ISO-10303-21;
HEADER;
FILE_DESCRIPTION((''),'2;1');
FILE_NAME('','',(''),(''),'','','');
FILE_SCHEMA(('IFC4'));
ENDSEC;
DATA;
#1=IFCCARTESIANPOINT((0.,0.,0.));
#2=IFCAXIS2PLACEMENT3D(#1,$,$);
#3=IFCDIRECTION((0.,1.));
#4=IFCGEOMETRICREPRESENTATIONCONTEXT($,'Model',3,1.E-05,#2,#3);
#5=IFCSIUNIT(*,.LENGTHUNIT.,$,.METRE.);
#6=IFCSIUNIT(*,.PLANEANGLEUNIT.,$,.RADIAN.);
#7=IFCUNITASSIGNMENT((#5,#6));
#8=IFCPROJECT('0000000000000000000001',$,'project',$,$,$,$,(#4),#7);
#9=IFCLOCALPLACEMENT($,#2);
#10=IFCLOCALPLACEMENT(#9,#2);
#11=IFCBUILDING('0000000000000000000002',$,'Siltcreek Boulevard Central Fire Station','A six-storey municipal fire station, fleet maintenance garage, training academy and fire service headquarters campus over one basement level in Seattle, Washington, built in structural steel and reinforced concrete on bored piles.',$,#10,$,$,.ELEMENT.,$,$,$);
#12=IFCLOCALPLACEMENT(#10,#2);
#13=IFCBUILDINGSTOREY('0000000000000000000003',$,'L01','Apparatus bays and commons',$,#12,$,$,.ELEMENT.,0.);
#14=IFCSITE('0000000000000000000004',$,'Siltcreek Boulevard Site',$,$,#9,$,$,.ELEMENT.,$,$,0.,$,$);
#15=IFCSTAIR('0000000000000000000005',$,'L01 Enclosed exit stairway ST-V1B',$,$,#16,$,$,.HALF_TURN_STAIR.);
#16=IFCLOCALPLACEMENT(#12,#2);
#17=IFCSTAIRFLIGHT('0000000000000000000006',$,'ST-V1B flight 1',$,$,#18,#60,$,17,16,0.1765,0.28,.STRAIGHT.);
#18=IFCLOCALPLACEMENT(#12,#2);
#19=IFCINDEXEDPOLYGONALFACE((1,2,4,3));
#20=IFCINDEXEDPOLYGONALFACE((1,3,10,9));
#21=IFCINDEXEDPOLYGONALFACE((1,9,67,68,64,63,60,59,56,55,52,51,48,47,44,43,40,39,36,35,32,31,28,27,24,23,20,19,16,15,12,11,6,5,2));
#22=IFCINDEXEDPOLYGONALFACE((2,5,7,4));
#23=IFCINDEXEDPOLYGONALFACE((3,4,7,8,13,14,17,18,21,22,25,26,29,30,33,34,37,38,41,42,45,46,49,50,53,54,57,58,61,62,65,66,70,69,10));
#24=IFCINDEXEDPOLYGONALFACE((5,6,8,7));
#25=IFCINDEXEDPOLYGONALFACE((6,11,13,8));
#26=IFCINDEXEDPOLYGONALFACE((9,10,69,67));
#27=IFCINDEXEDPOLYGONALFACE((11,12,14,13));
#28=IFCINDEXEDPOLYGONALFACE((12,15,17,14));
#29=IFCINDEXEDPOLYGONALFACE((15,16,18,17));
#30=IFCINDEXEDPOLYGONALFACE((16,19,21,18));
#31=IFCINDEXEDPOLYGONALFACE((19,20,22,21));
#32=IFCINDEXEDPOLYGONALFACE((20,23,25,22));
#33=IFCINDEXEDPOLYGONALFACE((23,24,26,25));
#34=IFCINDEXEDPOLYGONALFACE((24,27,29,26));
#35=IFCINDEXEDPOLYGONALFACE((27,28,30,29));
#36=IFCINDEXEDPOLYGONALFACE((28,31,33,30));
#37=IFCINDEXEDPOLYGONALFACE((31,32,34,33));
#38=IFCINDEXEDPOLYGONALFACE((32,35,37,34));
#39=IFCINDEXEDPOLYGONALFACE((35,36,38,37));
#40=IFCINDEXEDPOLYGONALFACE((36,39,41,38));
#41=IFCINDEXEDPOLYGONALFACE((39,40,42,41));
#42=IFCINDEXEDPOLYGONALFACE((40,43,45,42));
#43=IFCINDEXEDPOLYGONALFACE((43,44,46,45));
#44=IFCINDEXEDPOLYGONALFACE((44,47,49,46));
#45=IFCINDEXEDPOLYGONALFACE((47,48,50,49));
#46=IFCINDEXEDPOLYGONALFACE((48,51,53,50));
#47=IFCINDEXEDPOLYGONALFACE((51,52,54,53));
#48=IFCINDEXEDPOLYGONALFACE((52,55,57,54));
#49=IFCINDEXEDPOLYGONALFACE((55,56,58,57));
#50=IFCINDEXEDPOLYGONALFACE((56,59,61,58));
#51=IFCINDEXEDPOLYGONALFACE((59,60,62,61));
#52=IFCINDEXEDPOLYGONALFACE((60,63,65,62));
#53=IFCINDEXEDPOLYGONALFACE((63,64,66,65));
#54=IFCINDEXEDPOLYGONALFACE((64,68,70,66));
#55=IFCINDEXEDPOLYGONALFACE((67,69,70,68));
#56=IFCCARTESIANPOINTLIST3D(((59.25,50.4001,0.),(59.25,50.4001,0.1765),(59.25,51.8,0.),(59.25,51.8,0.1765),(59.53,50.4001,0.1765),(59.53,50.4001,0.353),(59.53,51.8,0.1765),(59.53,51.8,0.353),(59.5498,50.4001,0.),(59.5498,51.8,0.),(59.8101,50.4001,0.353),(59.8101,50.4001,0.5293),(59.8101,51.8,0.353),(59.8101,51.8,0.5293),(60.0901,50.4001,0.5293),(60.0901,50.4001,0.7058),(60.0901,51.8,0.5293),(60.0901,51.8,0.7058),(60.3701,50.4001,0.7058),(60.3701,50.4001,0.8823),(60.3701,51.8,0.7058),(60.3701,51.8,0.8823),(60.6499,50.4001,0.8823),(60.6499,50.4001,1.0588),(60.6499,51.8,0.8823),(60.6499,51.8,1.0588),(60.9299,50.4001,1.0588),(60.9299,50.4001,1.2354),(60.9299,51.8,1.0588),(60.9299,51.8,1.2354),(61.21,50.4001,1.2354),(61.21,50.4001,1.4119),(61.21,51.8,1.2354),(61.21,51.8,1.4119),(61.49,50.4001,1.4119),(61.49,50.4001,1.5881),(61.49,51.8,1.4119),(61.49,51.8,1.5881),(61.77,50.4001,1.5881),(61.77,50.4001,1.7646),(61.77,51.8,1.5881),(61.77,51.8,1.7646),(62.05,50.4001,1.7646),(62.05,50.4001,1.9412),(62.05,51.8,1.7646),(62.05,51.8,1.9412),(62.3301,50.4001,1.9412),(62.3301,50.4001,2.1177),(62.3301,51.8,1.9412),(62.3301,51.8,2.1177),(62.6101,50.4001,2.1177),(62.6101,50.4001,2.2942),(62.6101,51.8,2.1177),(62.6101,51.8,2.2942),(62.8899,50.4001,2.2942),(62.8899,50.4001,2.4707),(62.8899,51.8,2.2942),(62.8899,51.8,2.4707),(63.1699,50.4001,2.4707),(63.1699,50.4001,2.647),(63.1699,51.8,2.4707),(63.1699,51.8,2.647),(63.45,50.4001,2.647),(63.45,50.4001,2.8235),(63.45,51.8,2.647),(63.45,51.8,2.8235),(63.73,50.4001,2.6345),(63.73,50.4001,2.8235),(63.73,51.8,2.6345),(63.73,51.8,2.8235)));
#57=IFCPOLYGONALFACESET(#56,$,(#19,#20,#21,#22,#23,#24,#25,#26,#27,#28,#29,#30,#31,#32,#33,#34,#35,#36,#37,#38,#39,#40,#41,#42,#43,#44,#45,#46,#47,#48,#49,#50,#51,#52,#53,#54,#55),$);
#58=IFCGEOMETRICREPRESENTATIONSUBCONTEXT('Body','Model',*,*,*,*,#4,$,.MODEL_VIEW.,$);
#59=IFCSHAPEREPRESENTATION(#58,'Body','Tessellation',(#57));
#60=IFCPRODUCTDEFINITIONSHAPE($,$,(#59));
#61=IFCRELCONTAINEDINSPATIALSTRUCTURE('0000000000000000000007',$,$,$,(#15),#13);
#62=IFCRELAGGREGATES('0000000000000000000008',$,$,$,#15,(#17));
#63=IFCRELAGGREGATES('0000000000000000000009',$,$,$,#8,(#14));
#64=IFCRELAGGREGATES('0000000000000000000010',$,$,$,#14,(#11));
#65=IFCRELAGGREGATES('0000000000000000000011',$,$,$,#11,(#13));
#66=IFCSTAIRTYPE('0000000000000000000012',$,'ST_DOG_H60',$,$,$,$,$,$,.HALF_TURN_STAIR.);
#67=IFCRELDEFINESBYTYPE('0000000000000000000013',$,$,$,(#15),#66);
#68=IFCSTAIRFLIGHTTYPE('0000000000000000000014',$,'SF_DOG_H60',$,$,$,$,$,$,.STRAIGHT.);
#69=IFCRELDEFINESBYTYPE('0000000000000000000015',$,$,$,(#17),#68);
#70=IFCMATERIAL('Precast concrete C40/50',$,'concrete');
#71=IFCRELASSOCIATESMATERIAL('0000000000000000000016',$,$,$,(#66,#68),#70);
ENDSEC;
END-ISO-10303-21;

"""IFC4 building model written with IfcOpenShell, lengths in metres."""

from ifc_helpers import new_model, si_unit, direction, frame, origin, place, context, subcontext, project, spatial, polyline, outline, extrude, material, type_object, element, aggregate, save


model = new_model("IFC4")

# Units and contexts
model_context = context("Model", 3, precision=1e-05, world=origin(), true_north=direction((0.0, 1.0)))
body_context = subcontext(model_context, "Body", "Model", "MODEL_VIEW")
ifc_project = project(units=[si_unit("LENGTHUNIT", "METRE"), si_unit("PLANEANGLEUNIT", "RADIAN")], contexts=[model_context])

# Site, building, storey
site_placement = place(None, origin())
site = spatial("IfcSite", under=ifc_project, at=site_placement, Name="Siltcreek Boulevard Site", CompositionType="ELEMENT", RefElevation=0.0)
building_placement = place(site_placement, origin())
building = spatial("IfcBuilding", under=site, at=building_placement, Name="Siltcreek Boulevard Central Fire Station", Description="A six-storey municipal fire station, fleet maintenance garage, training academy and fire service headquarters campus over one basement level in Seattle, Washington, built in structural steel and reinforced concrete on bored piles.", CompositionType="ELEMENT")
storey_placement = place(building_placement, origin())
storey = spatial("IfcBuildingStorey", under=building, at=storey_placement, Name="L01", Description="Apparatus bays and commons", CompositionType="ELEMENT", Elevation=0.0)

# Stair, stair flight
ifc_material_1 = material(Name="Precast concrete C40/50", Category="concrete")
stair_type = type_object("IfcStairType", Name="ST_DOG_H60", PredefinedType="HALF_TURN_STAIR", material=ifc_material_1)
stair_placement = place(storey_placement, origin())
stair = element("IfcStair", 1, at=stair_placement, inside=storey, type_object=stair_type, Name="L01 Enclosed exit stairway ST-V1B", PredefinedType="HALF_TURN_STAIR")
stair_flight_type = type_object("IfcStairFlightType", Name="SF_DOG_H60", PredefinedType="STRAIGHT", material=ifc_material_1)
stair_flight_placement = place(storey_placement, frame((59.25, 51.1001, 0.0), z_axis=(0.0, 0.0, 1.0), x_axis=(1.0, 0.0, 0.0)))
stair_flight = element("IfcStairFlight", 2, at=stair_flight_placement, type_object=stair_flight_type, Name="ST-V1B flight 1", NumberOfRisers=17, NumberOfTreads=16, PredefinedType="STRAIGHT", RiserHeight=0.1765, TreadLength=0.28, context=body_context, shape_type="SweptSolid", body=[
    extrude(outline(polyline([(0.0, 0.0), (0.0, 0.1765), (0.28, 0.1765), (0.28, 0.353), (0.5601, 0.353), (0.5601, 0.5293), (0.8401, 0.5293), (0.8401, 0.7058), (1.1201, 0.7058), (1.1201, 0.8823), (1.3999, 0.8823), (1.3999, 1.0588), (1.6799, 1.0588), (1.6799, 1.2354), (1.96, 1.2354), (1.96, 1.4119), (2.24, 1.4119), (2.24, 1.5881), (2.52, 1.5881), (2.52, 1.7646), (2.8, 1.7646), (2.8, 1.9412), (3.0801, 1.9412), (3.0801, 2.1177), (3.3601, 2.1177), (3.3601, 2.2942), (3.6399, 2.2942), (3.6399, 2.4707), (3.9199, 2.4707), (3.9199, 2.647), (4.2, 2.647), (4.2, 2.8235), (4.48, 2.8235), (4.48, 3.0), (4.48, 2.6345), (0.2998, 0.0), (0.0, 0.0)])), frame((0.0, 0.7, 0.0), z_axis=(0.0, -1.0, 0.0), x_axis=(1.0, 0.0, 0.0)), (0.0, 0.0, 1.0), 1.3999),
])
aggregate(stair, [stair_flight])

save(model, "model.ifc")
